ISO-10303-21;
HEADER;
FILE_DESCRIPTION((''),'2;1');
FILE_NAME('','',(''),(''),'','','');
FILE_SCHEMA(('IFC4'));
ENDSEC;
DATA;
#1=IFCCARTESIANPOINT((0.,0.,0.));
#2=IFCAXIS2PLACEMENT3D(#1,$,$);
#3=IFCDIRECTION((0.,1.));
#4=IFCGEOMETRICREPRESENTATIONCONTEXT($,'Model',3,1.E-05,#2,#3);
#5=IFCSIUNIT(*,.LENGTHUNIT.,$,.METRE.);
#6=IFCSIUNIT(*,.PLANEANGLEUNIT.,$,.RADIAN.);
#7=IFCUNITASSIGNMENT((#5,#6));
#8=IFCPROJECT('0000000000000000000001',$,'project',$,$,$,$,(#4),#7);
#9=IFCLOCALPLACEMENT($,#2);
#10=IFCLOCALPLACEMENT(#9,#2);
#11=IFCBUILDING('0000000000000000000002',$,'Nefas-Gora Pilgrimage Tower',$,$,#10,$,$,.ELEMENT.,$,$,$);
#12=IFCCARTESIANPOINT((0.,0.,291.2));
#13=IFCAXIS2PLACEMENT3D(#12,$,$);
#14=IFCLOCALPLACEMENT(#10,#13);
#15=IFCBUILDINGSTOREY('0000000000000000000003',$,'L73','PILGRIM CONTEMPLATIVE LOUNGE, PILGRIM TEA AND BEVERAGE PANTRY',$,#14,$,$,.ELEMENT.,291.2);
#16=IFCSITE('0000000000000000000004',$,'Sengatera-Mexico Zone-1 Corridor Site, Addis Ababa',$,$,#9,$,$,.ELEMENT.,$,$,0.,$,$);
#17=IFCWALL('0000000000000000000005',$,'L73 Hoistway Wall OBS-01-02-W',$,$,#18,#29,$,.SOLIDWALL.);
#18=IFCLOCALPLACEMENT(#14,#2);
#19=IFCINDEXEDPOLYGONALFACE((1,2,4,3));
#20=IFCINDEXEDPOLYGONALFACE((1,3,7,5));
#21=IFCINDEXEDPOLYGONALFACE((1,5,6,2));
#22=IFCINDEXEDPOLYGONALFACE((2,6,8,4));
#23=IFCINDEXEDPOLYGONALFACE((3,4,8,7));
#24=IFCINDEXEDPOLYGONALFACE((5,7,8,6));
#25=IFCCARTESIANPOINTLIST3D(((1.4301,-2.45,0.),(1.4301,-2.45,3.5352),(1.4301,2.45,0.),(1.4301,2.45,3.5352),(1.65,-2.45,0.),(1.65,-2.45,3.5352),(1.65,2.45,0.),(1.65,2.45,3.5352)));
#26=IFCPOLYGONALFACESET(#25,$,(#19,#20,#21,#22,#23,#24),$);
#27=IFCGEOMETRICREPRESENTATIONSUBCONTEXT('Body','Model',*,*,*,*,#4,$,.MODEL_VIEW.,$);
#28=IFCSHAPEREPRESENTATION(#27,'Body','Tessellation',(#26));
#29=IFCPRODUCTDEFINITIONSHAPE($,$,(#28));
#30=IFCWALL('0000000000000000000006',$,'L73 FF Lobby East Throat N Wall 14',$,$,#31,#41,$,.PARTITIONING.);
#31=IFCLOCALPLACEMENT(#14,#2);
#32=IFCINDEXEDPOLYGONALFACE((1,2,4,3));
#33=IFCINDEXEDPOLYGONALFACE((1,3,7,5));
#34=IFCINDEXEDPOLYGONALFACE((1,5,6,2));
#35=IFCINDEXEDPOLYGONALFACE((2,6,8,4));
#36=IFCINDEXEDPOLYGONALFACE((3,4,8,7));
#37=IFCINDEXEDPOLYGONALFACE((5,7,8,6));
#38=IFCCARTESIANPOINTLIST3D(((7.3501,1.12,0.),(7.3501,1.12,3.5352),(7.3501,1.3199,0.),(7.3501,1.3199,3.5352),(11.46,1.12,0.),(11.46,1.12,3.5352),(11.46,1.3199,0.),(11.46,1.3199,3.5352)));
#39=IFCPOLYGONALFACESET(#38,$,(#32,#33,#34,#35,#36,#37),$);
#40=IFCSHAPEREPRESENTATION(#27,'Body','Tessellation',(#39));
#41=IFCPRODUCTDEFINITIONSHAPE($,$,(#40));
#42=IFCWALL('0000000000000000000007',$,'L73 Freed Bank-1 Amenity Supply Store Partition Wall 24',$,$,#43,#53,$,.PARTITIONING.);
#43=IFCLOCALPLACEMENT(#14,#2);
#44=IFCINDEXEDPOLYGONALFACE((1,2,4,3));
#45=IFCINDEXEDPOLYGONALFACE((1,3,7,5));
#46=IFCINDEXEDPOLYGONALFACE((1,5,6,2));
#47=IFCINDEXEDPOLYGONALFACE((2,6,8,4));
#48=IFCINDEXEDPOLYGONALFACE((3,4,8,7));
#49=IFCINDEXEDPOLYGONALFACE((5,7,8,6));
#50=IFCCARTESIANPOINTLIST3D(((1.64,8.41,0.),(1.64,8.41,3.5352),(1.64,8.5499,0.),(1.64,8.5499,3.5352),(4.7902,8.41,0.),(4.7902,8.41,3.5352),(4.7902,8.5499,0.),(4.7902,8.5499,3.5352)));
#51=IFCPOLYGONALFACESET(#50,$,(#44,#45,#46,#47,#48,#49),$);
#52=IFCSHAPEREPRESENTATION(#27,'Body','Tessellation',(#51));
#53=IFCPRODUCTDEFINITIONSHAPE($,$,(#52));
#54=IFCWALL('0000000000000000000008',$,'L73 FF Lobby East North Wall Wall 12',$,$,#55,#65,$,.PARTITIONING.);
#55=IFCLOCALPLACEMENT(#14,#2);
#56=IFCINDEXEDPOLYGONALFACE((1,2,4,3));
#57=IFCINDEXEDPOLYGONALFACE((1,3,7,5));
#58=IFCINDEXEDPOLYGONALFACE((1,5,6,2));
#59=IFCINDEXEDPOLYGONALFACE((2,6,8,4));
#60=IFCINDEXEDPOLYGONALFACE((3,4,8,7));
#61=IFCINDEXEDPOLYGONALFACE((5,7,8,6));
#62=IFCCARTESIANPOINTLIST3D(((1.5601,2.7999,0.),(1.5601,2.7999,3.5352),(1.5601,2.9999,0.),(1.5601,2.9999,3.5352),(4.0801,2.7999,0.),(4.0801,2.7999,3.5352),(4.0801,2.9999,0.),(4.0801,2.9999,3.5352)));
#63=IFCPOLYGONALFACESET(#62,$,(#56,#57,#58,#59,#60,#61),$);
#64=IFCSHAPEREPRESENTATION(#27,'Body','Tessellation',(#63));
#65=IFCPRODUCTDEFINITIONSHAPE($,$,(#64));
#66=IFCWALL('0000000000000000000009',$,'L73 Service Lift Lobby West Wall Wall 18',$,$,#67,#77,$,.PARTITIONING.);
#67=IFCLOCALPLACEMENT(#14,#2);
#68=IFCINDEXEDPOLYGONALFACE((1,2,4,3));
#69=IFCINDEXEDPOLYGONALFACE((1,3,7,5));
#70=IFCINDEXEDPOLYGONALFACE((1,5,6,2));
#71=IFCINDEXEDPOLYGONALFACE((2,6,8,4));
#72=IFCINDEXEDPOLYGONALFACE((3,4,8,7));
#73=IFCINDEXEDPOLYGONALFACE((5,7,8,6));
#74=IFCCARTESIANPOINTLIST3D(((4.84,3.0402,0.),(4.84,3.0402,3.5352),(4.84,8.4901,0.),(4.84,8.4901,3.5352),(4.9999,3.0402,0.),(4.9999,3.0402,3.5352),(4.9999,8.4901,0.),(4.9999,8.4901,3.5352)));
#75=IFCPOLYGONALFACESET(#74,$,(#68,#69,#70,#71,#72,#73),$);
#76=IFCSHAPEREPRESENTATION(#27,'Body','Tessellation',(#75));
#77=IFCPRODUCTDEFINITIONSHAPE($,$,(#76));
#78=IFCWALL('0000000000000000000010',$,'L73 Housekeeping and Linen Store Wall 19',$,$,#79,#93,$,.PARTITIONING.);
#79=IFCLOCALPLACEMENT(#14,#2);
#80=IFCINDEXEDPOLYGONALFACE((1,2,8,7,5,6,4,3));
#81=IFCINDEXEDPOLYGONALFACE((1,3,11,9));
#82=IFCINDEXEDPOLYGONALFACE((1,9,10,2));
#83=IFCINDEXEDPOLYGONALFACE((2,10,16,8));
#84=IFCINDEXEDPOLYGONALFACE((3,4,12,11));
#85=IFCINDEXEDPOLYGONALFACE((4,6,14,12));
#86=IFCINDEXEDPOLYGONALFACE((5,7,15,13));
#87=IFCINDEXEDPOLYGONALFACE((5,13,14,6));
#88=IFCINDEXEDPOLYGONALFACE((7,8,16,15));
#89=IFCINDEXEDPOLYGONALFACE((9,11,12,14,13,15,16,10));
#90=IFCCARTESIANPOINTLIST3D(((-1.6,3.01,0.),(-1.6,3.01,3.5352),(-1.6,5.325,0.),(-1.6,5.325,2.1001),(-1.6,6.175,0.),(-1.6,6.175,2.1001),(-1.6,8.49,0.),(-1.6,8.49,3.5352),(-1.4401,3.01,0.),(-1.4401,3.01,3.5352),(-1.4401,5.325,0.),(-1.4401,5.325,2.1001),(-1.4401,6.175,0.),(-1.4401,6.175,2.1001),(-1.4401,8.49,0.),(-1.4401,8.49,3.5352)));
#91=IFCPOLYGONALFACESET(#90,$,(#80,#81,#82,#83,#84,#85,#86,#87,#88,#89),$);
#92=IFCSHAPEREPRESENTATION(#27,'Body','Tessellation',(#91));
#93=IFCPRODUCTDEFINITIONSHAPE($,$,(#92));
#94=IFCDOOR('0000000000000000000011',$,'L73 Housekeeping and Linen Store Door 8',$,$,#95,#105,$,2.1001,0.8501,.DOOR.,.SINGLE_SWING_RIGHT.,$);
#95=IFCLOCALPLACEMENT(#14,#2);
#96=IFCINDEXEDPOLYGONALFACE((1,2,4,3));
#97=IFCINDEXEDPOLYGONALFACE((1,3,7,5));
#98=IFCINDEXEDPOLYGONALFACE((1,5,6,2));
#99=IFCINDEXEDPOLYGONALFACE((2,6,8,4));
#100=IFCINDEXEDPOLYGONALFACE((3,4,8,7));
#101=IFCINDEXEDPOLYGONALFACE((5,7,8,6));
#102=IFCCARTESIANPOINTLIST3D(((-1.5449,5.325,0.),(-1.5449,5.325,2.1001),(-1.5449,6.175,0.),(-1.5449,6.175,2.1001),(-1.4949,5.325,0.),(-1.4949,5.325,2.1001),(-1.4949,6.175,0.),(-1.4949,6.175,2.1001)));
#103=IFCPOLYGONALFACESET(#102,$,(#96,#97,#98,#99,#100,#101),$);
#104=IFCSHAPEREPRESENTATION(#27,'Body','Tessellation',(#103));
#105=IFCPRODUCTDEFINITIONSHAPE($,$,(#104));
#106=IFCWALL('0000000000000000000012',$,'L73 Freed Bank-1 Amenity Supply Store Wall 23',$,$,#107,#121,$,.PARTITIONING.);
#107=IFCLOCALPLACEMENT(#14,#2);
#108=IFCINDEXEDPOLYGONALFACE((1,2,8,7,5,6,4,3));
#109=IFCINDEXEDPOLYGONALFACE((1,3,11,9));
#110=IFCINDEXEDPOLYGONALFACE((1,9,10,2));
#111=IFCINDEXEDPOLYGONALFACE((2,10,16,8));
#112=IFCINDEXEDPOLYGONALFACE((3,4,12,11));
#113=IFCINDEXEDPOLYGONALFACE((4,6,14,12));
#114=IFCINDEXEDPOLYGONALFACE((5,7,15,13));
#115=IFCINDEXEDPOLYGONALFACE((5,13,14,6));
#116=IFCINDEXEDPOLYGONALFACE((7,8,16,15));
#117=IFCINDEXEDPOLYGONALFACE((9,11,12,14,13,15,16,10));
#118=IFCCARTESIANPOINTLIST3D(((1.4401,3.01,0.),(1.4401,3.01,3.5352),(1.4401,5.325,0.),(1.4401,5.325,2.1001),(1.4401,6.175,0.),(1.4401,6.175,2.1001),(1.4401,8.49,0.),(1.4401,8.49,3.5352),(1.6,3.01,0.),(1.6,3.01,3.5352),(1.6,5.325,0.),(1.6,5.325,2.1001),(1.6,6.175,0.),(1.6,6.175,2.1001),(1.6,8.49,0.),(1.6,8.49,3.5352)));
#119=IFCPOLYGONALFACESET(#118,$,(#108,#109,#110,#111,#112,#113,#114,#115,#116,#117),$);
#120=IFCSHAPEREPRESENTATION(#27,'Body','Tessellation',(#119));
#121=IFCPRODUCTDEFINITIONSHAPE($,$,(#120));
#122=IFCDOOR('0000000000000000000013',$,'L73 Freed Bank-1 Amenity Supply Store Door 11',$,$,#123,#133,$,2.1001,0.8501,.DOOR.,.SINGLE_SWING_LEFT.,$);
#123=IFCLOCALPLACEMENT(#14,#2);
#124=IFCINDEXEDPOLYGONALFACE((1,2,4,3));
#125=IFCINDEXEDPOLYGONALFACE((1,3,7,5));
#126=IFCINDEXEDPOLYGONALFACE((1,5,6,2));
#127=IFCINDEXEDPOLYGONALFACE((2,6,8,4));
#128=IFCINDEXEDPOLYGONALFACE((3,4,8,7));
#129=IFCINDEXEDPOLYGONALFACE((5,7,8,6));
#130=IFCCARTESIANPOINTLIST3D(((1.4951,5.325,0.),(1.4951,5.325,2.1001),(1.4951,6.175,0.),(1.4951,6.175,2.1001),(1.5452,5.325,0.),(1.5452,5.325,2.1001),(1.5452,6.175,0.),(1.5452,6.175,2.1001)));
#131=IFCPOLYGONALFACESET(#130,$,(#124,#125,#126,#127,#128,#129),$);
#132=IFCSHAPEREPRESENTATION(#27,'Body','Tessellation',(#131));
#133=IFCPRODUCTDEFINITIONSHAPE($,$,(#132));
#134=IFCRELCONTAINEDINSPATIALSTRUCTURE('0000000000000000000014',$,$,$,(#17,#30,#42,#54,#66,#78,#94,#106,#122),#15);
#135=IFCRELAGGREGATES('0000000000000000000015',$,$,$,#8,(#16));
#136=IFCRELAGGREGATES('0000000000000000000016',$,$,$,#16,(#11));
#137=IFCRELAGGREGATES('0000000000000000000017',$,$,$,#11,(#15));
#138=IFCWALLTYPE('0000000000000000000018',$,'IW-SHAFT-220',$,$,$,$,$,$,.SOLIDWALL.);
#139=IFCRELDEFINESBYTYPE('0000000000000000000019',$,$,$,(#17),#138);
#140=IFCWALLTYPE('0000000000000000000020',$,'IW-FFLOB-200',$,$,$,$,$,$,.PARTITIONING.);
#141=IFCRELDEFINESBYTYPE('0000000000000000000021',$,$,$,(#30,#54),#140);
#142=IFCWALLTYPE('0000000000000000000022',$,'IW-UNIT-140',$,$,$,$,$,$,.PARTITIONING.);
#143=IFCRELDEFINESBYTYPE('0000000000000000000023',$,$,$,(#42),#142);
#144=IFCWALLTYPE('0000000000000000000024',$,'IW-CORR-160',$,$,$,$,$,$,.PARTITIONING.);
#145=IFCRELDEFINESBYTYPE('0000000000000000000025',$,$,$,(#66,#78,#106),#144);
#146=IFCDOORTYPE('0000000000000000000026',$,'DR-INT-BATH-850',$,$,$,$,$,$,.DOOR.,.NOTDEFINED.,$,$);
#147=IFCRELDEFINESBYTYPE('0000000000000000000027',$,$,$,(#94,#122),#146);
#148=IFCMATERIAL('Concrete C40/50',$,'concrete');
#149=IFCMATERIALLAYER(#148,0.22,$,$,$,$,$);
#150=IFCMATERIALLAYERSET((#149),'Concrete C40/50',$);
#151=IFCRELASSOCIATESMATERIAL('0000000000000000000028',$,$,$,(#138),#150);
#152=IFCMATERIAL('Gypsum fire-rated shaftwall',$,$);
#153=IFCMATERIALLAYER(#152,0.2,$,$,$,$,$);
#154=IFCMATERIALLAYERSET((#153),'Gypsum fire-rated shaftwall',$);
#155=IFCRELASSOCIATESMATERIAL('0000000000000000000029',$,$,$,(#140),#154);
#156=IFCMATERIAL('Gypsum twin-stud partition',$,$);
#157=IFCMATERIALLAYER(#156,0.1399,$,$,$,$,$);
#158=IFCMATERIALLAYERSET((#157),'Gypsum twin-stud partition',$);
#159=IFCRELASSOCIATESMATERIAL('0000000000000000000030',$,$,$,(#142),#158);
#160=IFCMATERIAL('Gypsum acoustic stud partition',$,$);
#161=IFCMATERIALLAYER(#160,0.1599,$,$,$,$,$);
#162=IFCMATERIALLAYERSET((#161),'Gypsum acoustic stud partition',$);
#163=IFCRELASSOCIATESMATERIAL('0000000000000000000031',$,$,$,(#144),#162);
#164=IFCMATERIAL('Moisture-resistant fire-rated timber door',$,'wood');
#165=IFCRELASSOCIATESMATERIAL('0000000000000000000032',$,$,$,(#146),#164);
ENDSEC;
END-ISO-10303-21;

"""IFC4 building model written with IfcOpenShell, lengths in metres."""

from ifc_helpers import new_model, si_unit, direction, frame, frame_2d, origin, place, context, subcontext, project, spatial, rectangle, extrude, source, transform, mapped, material, layer, layer_set, type_object, element, fill, save


model = new_model("IFC4")

# Units and contexts
model_context = context("Model", 3, precision=1e-05, world=origin(), true_north=direction((0.0, 1.0)))
body_context = subcontext(model_context, "Body", "Model", "MODEL_VIEW")
ifc_project = project(units=[si_unit("LENGTHUNIT", "METRE"), si_unit("PLANEANGLEUNIT", "RADIAN")], contexts=[model_context])

# Site, building, storey
site_placement = place(None, origin())
site = spatial("IfcSite", under=ifc_project, at=site_placement, Name="Sengatera-Mexico Zone-1 Corridor Site, Addis Ababa", CompositionType="ELEMENT", RefElevation=0.0)
building_placement = place(site_placement, origin())
building = spatial("IfcBuilding", under=site, at=building_placement, Name="Nefas-Gora Pilgrimage Tower", CompositionType="ELEMENT")
storey_placement = place(building_placement, frame((0.0, 0.0, 291.2)))
storey = spatial("IfcBuildingStorey", under=building, at=storey_placement, Name="L73", Description="PILGRIM CONTEMPLATIVE LOUNGE, PILGRIM TEA AND BEVERAGE PANTRY", CompositionType="ELEMENT", Elevation=291.2)

# Shared definitions
ifc_material_1 = material(Name="Concrete C40/50", Category="concrete")

# Shared definitions
ifc_layer_1 = layer(ifc_material_1, 0.22)
ifc_layer_set_1 = layer_set([ifc_layer_1], Name="Concrete C40/50")
wall_type_1 = type_object("IfcWallType", Name="IW-SHAFT-220", PredefinedType="SOLIDWALL", material=ifc_layer_set_1)

# Wall
shared_shape_1 = source(origin(), body_context, "Body", "SweptSolid", [
    extrude(rectangle(XDim=4.8999, YDim=0.22, at=frame_2d((2.45, 0.0))), origin(), (0.0, 0.0, 1.0), 3.5352),
])
wall_1_placement = place(storey_placement, frame((1.54, 2.45, 0.0), z_axis=(0.0, 0.0, 1.0), x_axis=(0.0, -1.0, 0.0)))
element("IfcWall", 1, at=wall_1_placement, inside=storey, type_object=wall_type_1, Name="L73 Hoistway Wall OBS-01-02-W", PredefinedType="SOLIDWALL", context=body_context, shape_type="MappedRepresentation", body=[
    mapped(shared_shape_1, transform((0.0, 0.0, 0.0), x_axis=(1.0, 0.0, 0.0), y_axis=(0.0, 1.0, 0.0), z_axis=(0.0, 0.0, 1.0), scale=1.0)),
])

# Shared definitions
ifc_material_2 = material(Name="Gypsum fire-rated shaftwall")
ifc_layer_2 = layer(ifc_material_2, 0.2)
ifc_layer_set_2 = layer_set([ifc_layer_2], Name="Gypsum fire-rated shaftwall")
wall_type_2 = type_object("IfcWallType", Name="IW-FFLOB-200", PredefinedType="PARTITIONING", material=ifc_layer_set_2)

# Walls
shared_shape_2 = source(origin(), body_context, "Body", "SweptSolid", [
    extrude(rectangle(XDim=4.1099, YDim=0.2, at=frame_2d((2.0549, 0.0))), origin(), (0.0, 0.0, 1.0), 3.5352),
])
wall_2_placement = place(storey_placement, frame((7.3501, 1.22, 0.0), z_axis=(0.0, 0.0, 1.0), x_axis=(1.0, 0.0, 0.0)))
element("IfcWall", 2, at=wall_2_placement, inside=storey, type_object=wall_type_2, Name="L73 FF Lobby East Throat N Wall 14", PredefinedType="PARTITIONING", context=body_context, shape_type="MappedRepresentation", body=[
    mapped(shared_shape_2, transform((0.0, 0.0, 0.0), x_axis=(1.0, 0.0, 0.0), y_axis=(0.0, 1.0, 0.0), z_axis=(0.0, 0.0, 1.0), scale=1.0)),
])
ifc_material_3 = material(Name="Gypsum twin-stud partition")
ifc_layer_3 = layer(ifc_material_3, 0.1399)
ifc_layer_set_3 = layer_set([ifc_layer_3], Name="Gypsum twin-stud partition")
wall_type_3 = type_object("IfcWallType", Name="IW-UNIT-140", PredefinedType="PARTITIONING", material=ifc_layer_set_3)
shared_shape_3 = source(origin(), body_context, "Body", "SweptSolid", [
    extrude(rectangle(XDim=3.1501, YDim=0.1399, at=frame_2d((1.5752, 0.0))), origin(), (0.0, 0.0, 1.0), 3.5352),
])
wall_3_placement = place(storey_placement, frame((1.6399, 8.48, 0.0), z_axis=(0.0, 0.0, 1.0), x_axis=(1.0, 0.0, 0.0)))
element("IfcWall", 3, at=wall_3_placement, inside=storey, type_object=wall_type_3, Name="L73 Freed Bank-1 Amenity Supply Store Partition Wall 24", PredefinedType="PARTITIONING", context=body_context, shape_type="MappedRepresentation", body=[
    mapped(shared_shape_3, transform((0.0, 0.0, 0.0), x_axis=(1.0, 0.0, 0.0), y_axis=(0.0, 1.0, 0.0), z_axis=(0.0, 0.0, 1.0), scale=1.0)),
])
shared_shape_4 = source(origin(), body_context, "Body", "SweptSolid", [
    extrude(rectangle(XDim=2.52, YDim=0.2, at=frame_2d((1.26, 0.0))), origin(), (0.0, 0.0, 1.0), 3.5352),
])
wall_4_placement = place(storey_placement, frame((1.5601, 2.8999, 0.0), z_axis=(0.0, 0.0, 1.0), x_axis=(1.0, 0.0, 0.0)))
element("IfcWall", 4, at=wall_4_placement, inside=storey, type_object=wall_type_2, Name="L73 FF Lobby East North Wall Wall 12", PredefinedType="PARTITIONING", context=body_context, shape_type="MappedRepresentation", body=[
    mapped(shared_shape_4, transform((0.0, 0.0, 0.0), x_axis=(1.0, 0.0, 0.0), y_axis=(0.0, 1.0, 0.0), z_axis=(0.0, 0.0, 1.0), scale=1.0)),
])
ifc_material_4 = material(Name="Gypsum acoustic stud partition")
ifc_layer_4 = layer(ifc_material_4, 0.1599)
ifc_layer_set_4 = layer_set([ifc_layer_4], Name="Gypsum acoustic stud partition")
wall_type_4 = type_object("IfcWallType", Name="IW-CORR-160", PredefinedType="PARTITIONING", material=ifc_layer_set_4)
shared_shape_5 = source(origin(), body_context, "Body", "SweptSolid", [
    extrude(rectangle(XDim=5.45, YDim=0.1599, at=frame_2d((2.7251, 0.0))), origin(), (0.0, 0.0, 1.0), 3.5352),
])
wall_5_placement = place(storey_placement, frame((4.9199, 3.04, 0.0), z_axis=(0.0, 0.0, 1.0), x_axis=(0.0, 1.0, 0.0)))
element("IfcWall", 5, at=wall_5_placement, inside=storey, type_object=wall_type_4, Name="L73 Service Lift Lobby West Wall Wall 18", PredefinedType="PARTITIONING", context=body_context, shape_type="MappedRepresentation", body=[
    mapped(shared_shape_5, transform((0.0, 0.0, 0.0), x_axis=(1.0, 0.0, 0.0), y_axis=(0.0, 1.0, 0.0), z_axis=(0.0, 0.0, 1.0), scale=1.0)),
])

# Walls, openings, doors
shared_shape_6 = source(origin(), body_context, "Body", "SweptSolid", [
    extrude(rectangle(XDim=5.48, YDim=0.1599, at=frame_2d((2.74, 0.0))), origin(), (0.0, 0.0, 1.0), 3.5352),
])
wall_6_placement = place(storey_placement, frame((-1.52, 3.01, 0.0), z_axis=(0.0, 0.0, 1.0), x_axis=(0.0, 1.0, 0.0)))
wall_6 = element("IfcWall", 6, at=wall_6_placement, inside=storey, type_object=wall_type_4, Name="L73 Housekeeping and Linen Store Wall 19", PredefinedType="PARTITIONING", context=body_context, shape_type="MappedRepresentation", body=[
    mapped(shared_shape_6, transform((0.0, 0.0, 0.0), x_axis=(1.0, 0.0, 0.0), y_axis=(0.0, 1.0, 0.0), z_axis=(0.0, 0.0, 1.0), scale=1.0)),
])
opening_1_placement = place(wall_6_placement, frame((2.3149, 0.0, 0.0)))
opening_1 = element("IfcOpeningElement", 7, at=opening_1_placement, cuts=wall_6, PredefinedType="OPENING", context=body_context, shape_type="SweptSolid", body=[
    extrude(rectangle(XDim=0.8501, YDim=2.1001, at=frame_2d((0.425, 1.05))), frame((0.0, 0.0898, 0.0), z_axis=(0.0, -1.0, 0.0), x_axis=(1.0, 0.0, 0.0)), (0.0, 0.0, 1.0), 0.1799),
])
ifc_material_5 = material(Name="Moisture-resistant fire-rated timber door", Category="wood")
door_type_1 = type_object("IfcDoorType", Name="DR-INT-BATH-850", OperationType="NOTDEFINED", PredefinedType="DOOR", material=ifc_material_5)
shared_shape_7 = source(origin(), body_context, "Body", "SweptSolid", [
    extrude(rectangle(XDim=0.8501, YDim=2.1001, at=frame_2d((0.425, 1.05))), frame((0.0, 0.0249, 0.0), z_axis=(0.0, -1.0, 0.0), x_axis=(1.0, 0.0, 0.0)), (0.0, 0.0, 1.0), 0.05),
])
door_1_placement = place(opening_1_placement, origin())
door_1 = element("IfcDoor", 8, at=door_1_placement, inside=storey, type_object=door_type_1, Name="L73 Housekeeping and Linen Store Door 8", OperationType="SINGLE_SWING_RIGHT", OverallHeight=2.1001, OverallWidth=0.8501, PredefinedType="DOOR", context=body_context, shape_type="MappedRepresentation", body=[
    mapped(shared_shape_7, transform((0.0, 0.0, 0.0), x_axis=(1.0, 0.0, 0.0), y_axis=(0.0, 1.0, 0.0), z_axis=(0.0, 0.0, 1.0), scale=1.0)),
])
fill(opening_1, door_1)
wall_7_placement = place(storey_placement, frame((1.52, 3.01, 0.0), z_axis=(0.0, 0.0, 1.0), x_axis=(0.0, 1.0, 0.0)))
wall_7 = element("IfcWall", 9, at=wall_7_placement, inside=storey, type_object=wall_type_4, Name="L73 Freed Bank-1 Amenity Supply Store Wall 23", PredefinedType="PARTITIONING", context=body_context, shape_type="MappedRepresentation", body=[
    mapped(shared_shape_6, transform((0.0, 0.0, 0.0), x_axis=(1.0, 0.0, 0.0), y_axis=(0.0, 1.0, 0.0), z_axis=(0.0, 0.0, 1.0), scale=1.0)),
])
opening_2_placement = place(wall_7_placement, frame((2.3149, 0.0, 0.0)))
opening_2 = element("IfcOpeningElement", 10, at=opening_2_placement, cuts=wall_7, PredefinedType="OPENING", context=body_context, shape_type="SweptSolid", body=[
    extrude(rectangle(XDim=0.8501, YDim=2.1001, at=frame_2d((0.425, 1.05))), frame((0.0, 0.0898, 0.0), z_axis=(0.0, -1.0, 0.0), x_axis=(1.0, 0.0, 0.0)), (0.0, 0.0, 1.0), 0.1799),
])
door_2_placement = place(opening_2_placement, origin())
door_2 = element("IfcDoor", 11, at=door_2_placement, inside=storey, type_object=door_type_1, Name="L73 Freed Bank-1 Amenity Supply Store Door 11", OperationType="SINGLE_SWING_LEFT", OverallHeight=2.1001, OverallWidth=0.8501, PredefinedType="DOOR", context=body_context, shape_type="MappedRepresentation", body=[
    mapped(shared_shape_7, transform((0.0, 0.0, 0.0), x_axis=(1.0, 0.0, 0.0), y_axis=(0.0, 1.0, 0.0), z_axis=(0.0, 0.0, 1.0), scale=1.0)),
])
fill(opening_2, door_2)

save(model, "model.ifc")
